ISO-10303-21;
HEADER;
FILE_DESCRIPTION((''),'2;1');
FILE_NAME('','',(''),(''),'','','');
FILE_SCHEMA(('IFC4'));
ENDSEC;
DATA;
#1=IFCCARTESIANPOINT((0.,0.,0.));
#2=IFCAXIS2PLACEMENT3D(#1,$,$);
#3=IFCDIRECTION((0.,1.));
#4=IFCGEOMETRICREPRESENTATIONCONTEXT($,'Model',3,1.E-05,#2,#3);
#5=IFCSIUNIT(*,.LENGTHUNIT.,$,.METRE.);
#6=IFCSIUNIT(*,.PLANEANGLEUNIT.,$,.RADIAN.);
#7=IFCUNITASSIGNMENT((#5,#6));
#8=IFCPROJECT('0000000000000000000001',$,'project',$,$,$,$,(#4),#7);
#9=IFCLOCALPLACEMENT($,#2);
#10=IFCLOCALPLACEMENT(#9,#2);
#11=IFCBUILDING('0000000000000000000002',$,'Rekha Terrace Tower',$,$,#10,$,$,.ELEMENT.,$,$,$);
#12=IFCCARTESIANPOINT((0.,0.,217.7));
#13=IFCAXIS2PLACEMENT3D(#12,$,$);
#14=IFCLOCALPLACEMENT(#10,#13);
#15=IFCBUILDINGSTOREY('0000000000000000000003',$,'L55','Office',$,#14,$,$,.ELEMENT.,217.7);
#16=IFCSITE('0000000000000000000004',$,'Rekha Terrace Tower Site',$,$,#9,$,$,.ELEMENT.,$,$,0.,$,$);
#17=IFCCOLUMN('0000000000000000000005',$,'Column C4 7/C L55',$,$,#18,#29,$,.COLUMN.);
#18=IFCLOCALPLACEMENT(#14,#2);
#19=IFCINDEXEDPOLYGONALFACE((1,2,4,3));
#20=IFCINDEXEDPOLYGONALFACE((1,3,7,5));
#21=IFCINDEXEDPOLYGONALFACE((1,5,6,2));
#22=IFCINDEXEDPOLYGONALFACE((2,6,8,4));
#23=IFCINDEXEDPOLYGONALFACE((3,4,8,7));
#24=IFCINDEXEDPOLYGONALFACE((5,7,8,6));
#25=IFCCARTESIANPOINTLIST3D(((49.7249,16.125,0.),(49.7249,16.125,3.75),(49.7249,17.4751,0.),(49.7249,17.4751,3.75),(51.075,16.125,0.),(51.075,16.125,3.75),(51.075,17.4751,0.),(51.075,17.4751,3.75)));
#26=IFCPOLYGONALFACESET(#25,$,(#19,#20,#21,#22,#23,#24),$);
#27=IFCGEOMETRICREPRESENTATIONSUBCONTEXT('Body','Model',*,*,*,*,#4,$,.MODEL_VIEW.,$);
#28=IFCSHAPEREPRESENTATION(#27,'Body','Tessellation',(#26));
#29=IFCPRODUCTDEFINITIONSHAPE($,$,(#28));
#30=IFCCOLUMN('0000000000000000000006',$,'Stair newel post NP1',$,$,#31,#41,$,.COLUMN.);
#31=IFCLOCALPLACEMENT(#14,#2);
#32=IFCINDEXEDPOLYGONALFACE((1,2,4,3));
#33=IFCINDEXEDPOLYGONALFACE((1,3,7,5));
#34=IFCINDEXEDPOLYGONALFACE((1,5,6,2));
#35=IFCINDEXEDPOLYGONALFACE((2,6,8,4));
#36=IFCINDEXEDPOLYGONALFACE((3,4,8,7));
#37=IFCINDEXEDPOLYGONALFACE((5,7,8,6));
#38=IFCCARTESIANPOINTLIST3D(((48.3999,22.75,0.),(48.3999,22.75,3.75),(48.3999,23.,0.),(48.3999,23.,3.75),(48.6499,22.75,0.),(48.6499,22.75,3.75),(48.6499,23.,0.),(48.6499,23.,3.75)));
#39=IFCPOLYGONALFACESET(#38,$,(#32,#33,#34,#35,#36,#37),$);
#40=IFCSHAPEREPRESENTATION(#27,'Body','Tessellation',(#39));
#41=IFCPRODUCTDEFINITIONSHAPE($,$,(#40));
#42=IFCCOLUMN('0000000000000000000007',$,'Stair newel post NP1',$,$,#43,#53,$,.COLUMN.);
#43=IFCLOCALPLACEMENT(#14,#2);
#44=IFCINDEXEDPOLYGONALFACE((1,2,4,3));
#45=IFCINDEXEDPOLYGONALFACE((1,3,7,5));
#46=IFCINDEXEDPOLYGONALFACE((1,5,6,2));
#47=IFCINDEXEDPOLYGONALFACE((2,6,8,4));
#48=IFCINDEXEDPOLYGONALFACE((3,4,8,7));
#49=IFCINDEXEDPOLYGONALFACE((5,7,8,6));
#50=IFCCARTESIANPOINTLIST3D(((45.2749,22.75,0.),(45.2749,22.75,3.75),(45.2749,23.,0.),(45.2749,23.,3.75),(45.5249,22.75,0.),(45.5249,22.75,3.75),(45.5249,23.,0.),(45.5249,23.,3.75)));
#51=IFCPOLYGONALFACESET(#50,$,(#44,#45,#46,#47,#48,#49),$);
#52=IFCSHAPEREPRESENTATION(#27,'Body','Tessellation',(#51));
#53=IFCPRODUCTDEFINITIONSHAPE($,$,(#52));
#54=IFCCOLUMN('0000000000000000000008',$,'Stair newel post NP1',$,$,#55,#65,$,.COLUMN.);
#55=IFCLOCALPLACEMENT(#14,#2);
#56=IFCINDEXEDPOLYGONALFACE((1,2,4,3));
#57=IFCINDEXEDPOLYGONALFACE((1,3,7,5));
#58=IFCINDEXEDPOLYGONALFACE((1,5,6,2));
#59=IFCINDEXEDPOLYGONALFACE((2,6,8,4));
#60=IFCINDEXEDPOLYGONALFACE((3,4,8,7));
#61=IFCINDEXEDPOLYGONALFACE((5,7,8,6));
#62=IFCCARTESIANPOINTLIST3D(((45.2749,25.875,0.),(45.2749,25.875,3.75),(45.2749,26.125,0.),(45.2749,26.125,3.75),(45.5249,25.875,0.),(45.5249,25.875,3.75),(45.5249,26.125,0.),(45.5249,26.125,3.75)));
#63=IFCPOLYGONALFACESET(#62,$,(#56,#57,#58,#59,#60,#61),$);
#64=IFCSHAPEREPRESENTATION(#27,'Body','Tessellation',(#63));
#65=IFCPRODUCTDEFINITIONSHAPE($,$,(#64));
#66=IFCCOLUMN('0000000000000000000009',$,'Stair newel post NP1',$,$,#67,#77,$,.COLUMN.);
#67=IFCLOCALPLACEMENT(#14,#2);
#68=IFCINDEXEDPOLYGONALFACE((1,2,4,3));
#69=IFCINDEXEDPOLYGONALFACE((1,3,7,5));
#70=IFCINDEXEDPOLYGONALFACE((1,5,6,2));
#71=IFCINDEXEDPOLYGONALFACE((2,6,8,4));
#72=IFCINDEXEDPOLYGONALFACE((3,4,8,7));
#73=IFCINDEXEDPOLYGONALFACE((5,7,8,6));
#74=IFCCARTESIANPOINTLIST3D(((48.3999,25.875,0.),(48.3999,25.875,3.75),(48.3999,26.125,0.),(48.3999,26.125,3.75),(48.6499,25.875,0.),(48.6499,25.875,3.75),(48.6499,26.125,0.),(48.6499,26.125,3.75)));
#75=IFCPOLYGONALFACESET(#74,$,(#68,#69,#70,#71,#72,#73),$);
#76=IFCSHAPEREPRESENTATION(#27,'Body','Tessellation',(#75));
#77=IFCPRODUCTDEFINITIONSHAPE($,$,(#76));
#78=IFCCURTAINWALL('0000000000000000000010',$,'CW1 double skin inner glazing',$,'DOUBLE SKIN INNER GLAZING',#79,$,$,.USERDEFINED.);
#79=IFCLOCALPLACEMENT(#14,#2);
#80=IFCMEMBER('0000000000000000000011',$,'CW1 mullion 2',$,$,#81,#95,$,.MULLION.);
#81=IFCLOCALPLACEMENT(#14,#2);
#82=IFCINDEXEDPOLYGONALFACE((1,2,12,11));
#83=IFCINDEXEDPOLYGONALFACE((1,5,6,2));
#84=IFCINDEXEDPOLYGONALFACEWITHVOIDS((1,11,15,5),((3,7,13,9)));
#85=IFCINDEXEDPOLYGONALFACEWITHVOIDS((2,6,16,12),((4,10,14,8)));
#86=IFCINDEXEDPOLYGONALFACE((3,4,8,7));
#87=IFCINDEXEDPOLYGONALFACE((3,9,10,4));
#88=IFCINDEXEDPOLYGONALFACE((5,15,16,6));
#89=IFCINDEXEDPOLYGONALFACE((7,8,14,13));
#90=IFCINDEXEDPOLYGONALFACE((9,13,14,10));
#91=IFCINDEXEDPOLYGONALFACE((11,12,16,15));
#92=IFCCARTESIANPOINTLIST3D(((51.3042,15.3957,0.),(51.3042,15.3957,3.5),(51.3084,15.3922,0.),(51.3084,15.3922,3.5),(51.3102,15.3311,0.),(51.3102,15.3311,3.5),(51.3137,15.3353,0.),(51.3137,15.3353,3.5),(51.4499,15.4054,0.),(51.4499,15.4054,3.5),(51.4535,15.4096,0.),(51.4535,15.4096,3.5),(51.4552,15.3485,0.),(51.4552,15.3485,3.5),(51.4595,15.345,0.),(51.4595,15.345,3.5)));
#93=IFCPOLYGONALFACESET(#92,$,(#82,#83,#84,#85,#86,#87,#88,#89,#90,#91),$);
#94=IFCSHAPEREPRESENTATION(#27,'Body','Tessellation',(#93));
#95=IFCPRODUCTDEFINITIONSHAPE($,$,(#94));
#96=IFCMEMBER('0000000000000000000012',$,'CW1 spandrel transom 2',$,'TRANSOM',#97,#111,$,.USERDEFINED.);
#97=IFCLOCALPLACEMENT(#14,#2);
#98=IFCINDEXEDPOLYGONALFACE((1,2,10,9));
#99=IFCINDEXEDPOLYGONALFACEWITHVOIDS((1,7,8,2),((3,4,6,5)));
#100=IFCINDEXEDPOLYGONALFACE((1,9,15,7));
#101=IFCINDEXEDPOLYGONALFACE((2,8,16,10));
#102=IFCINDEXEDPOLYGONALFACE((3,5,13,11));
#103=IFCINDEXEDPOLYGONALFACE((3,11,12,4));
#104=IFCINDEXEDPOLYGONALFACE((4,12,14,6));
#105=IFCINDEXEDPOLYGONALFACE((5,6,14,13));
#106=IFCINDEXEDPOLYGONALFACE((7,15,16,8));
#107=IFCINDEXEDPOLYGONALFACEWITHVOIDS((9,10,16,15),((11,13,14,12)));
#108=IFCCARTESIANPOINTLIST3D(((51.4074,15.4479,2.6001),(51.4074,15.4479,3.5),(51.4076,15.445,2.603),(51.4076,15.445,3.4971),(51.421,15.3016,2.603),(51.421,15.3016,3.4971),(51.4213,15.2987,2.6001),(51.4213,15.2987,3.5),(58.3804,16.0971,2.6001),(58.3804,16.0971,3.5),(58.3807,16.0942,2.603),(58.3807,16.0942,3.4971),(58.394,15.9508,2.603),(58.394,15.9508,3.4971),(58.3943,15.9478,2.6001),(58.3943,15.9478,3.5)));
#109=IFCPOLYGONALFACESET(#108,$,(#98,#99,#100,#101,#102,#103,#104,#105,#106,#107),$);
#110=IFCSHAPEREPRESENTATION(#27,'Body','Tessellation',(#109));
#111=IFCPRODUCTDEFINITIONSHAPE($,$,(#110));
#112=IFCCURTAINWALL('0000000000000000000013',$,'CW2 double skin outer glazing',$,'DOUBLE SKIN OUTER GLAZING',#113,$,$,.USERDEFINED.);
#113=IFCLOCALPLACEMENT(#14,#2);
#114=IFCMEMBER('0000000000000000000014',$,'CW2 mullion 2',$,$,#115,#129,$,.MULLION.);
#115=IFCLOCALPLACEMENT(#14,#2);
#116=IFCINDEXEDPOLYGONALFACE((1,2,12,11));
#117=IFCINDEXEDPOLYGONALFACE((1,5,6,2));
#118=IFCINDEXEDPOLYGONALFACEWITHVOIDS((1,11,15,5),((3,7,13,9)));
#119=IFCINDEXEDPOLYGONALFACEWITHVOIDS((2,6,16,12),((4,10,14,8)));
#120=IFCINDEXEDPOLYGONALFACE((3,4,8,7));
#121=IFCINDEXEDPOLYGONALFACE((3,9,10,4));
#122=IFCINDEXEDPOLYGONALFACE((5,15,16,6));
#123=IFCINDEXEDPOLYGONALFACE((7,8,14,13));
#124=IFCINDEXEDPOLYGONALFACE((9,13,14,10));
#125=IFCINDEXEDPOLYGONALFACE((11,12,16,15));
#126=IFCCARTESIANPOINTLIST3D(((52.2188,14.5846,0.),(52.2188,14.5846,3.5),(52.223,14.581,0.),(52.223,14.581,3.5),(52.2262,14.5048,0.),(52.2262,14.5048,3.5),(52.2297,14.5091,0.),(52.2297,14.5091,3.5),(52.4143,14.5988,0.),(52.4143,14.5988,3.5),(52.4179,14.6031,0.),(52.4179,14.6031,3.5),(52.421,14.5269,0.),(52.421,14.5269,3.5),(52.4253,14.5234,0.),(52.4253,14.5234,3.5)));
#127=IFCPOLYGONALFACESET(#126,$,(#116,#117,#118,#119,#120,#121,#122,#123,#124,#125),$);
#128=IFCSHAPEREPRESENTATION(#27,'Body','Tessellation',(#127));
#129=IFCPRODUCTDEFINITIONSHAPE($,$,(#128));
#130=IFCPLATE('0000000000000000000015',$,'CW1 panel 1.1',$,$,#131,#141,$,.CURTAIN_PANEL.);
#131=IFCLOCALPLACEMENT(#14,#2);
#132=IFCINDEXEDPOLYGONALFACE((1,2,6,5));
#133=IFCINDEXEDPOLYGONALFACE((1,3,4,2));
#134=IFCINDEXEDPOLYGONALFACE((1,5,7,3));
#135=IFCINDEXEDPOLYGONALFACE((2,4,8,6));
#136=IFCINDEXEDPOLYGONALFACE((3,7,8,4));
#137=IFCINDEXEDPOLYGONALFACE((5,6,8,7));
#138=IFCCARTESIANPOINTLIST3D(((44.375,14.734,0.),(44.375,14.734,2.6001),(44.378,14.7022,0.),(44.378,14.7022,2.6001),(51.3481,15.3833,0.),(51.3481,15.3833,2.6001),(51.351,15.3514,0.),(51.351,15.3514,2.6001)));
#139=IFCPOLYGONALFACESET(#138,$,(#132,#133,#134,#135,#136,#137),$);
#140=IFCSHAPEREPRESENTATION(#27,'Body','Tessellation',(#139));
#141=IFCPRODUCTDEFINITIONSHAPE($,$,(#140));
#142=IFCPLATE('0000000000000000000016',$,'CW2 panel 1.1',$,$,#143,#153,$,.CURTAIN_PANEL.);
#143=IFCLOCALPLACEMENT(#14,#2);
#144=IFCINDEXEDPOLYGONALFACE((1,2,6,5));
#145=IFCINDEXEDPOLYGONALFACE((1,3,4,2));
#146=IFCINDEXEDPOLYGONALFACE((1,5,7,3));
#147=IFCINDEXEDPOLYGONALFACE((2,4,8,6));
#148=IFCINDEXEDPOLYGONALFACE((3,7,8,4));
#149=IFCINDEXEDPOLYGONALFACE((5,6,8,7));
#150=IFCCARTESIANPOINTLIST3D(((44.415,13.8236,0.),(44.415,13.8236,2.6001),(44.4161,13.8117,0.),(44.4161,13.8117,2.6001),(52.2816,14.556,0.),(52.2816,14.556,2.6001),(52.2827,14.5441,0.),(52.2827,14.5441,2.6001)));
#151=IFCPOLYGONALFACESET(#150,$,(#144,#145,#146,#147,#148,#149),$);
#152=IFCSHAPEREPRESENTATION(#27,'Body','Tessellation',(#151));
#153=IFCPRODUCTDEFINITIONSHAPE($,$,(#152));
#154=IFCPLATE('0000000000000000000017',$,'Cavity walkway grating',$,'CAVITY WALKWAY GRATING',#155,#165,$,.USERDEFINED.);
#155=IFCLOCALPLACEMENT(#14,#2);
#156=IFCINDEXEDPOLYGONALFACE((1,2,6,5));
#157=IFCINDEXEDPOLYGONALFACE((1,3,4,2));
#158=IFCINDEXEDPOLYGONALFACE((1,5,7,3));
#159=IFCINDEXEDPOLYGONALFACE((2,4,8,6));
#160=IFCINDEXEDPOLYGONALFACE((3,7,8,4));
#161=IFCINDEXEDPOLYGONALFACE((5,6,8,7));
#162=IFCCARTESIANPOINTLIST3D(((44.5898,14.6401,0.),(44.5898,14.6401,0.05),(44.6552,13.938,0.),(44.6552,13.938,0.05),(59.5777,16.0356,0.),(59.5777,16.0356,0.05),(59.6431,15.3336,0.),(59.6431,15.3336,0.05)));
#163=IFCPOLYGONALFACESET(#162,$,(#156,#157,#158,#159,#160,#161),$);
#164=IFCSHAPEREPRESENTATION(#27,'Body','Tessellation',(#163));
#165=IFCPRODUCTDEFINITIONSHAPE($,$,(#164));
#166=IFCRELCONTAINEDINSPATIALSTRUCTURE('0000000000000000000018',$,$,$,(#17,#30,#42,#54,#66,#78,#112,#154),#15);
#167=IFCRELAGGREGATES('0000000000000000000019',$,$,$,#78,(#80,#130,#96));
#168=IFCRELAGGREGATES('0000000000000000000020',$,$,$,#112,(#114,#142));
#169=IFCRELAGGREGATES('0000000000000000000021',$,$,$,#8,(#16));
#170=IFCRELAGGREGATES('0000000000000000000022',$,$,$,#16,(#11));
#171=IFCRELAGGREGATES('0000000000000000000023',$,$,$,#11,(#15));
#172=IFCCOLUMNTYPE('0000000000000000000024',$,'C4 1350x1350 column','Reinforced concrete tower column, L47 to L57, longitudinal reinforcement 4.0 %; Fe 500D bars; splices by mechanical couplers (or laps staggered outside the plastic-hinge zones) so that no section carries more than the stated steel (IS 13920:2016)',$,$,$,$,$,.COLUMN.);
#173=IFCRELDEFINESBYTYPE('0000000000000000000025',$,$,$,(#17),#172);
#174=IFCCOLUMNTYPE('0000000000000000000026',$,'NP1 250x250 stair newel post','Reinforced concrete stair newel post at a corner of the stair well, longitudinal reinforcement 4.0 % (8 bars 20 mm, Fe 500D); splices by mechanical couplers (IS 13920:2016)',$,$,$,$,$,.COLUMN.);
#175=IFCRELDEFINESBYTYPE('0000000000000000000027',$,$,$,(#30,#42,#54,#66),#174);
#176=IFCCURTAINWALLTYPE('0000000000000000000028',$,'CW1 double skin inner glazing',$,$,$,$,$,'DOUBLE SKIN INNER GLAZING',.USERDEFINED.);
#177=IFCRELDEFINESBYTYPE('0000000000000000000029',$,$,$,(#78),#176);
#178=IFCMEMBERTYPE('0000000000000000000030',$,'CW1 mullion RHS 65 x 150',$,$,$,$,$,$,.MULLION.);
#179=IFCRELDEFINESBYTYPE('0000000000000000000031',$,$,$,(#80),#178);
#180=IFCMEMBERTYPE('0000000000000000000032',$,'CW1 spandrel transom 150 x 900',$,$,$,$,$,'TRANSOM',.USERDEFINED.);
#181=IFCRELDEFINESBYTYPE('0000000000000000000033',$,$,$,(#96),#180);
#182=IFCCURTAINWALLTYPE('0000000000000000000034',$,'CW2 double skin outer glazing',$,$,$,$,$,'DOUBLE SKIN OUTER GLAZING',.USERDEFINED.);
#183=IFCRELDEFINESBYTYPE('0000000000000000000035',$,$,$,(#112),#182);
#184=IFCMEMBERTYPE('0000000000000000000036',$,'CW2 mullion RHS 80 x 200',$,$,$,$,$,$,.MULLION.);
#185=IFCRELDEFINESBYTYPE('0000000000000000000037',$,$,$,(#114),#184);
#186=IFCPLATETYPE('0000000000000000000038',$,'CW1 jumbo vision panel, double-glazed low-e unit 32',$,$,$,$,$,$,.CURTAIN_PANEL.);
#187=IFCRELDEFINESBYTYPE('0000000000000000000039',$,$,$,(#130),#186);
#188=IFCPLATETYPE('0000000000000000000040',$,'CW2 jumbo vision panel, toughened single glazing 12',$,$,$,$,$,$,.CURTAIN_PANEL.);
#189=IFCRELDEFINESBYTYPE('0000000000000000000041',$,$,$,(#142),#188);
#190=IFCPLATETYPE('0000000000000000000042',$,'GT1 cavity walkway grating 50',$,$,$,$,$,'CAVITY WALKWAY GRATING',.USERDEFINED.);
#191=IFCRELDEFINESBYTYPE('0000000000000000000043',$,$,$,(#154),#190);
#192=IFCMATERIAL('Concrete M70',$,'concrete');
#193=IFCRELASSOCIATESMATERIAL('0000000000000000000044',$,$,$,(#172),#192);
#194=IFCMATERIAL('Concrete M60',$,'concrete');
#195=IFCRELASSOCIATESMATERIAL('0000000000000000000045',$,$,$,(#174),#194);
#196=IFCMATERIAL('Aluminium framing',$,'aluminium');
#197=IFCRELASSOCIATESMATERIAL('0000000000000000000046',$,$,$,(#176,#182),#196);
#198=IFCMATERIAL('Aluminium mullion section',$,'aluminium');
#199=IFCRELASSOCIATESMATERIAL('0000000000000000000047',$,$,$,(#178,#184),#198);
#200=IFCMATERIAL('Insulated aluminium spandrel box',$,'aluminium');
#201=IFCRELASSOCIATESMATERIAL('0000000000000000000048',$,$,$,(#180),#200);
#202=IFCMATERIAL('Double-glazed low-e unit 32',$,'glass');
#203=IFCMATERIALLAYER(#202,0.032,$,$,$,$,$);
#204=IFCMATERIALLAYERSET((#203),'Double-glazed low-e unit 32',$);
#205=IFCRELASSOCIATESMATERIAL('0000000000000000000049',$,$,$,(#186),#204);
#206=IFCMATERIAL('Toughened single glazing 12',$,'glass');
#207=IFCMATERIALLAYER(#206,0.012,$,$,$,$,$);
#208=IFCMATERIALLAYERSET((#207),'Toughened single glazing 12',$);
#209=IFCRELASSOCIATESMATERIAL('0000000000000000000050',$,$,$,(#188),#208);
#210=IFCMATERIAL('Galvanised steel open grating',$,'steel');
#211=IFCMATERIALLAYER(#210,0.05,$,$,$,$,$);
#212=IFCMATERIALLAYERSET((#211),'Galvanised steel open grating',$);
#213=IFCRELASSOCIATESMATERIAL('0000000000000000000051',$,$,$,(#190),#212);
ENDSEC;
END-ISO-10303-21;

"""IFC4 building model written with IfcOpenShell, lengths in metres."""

from ifc_helpers import new_model, si_unit, direction, frame, origin, origin_2d, place, context, subcontext, project, spatial, rectangle, hollow_rectangle, extrude, material, layer, layer_set, material_profile, profile_set, type_object, element, aggregate, save


model = new_model("IFC4")

# Units and contexts
model_context = context("Model", 3, precision=1e-05, world=origin(), true_north=direction((0.0, 1.0)))
body_context = subcontext(model_context, "Body", "Model", "MODEL_VIEW")
ifc_project = project(units=[si_unit("LENGTHUNIT", "METRE"), si_unit("PLANEANGLEUNIT", "RADIAN")], contexts=[model_context])

# Site, building, storey
site_placement = place(None, origin())
site = spatial("IfcSite", under=ifc_project, at=site_placement, Name="Rekha Terrace Tower Site", CompositionType="ELEMENT", RefElevation=0.0)
building_placement = place(site_placement, origin())
building = spatial("IfcBuilding", under=site, at=building_placement, Name="Rekha Terrace Tower", CompositionType="ELEMENT")
storey_placement = place(building_placement, frame((0.0, 0.0, 217.7)))
storey = spatial("IfcBuildingStorey", under=building, at=storey_placement, Name="L55", Description="Office", CompositionType="ELEMENT", Elevation=217.7)

# Columns
ifc_material_1 = material(Name="Concrete M70", Category="concrete")
ifc_material_profile_1 = material_profile(ifc_material_1, rectangle(XDim=1.3501, YDim=1.3501, at=origin_2d()), Name="RC 1350x1350")
ifc_profile_set_1 = profile_set([ifc_material_profile_1], Name="Concrete M70")
column_type_1 = type_object("IfcColumnType", Name="C4 1350x1350 column", Description="Reinforced concrete tower column, L47 to L57, longitudinal reinforcement 4.0 %; Fe 500D bars; splices by mechanical couplers (or laps staggered outside the plastic-hinge zones) so that no section carries more than the stated steel (IS 13920:2016)", PredefinedType="COLUMN", material=ifc_profile_set_1)
column_placement = place(storey_placement, frame((50.3999, 16.8, 0.0), z_axis=(0.0, 0.0, 1.0), x_axis=(1.0, 0.0, 0.0)))
element("IfcColumn", 1, at=column_placement, inside=storey, type_object=column_type_1, Name="Column C4 7/C L55", PredefinedType="COLUMN", context=body_context, shape_type="SweptSolid", body=[
    extrude(rectangle(XDim=1.3501, YDim=1.3501, at=origin_2d()), origin(), (0.0, 0.0, 1.0), 3.75),
])
ifc_material_2 = material(Name="Concrete M60", Category="concrete")
ifc_material_profile_2 = material_profile(ifc_material_2, rectangle(XDim=0.25, YDim=0.25, at=origin_2d()), Name="RC 250x250")
ifc_profile_set_2 = profile_set([ifc_material_profile_2], Name="Concrete M60")
column_type_2 = type_object("IfcColumnType", Name="NP1 250x250 stair newel post", Description="Reinforced concrete stair newel post at a corner of the stair well, longitudinal reinforcement 4.0 % (8 bars 20 mm, Fe 500D); splices by mechanical couplers (IS 13920:2016)", PredefinedType="COLUMN", material=ifc_profile_set_2)
for number, where, z_axis, x_axis, name in (
    (2, (48.5249, 22.875, 0.0), (0.0, 0.0, 1.0), (1.0, 0.0, 0.0), "Stair newel post NP1"),
    (3, (45.3999, 22.875, 0.0), (0.0, 0.0, 1.0), (1.0, 0.0, 0.0), "Stair newel post NP1"),
    (4, (45.3999, 26.0, 0.0), (0.0, 0.0, 1.0), (1.0, 0.0, 0.0), "Stair newel post NP1"),
    (5, (48.5249, 26.0, 0.0), (0.0, 0.0, 1.0), (1.0, 0.0, 0.0), "Stair newel post NP1"),
):
    element("IfcColumn", number, at=place(storey_placement, frame(where, z_axis=z_axis, x_axis=x_axis)), inside=storey, type_object=column_type_2, Name=name, PredefinedType="COLUMN", context=body_context, shape_type="SweptSolid", body=[
        extrude(rectangle(XDim=0.25, YDim=0.25, at=origin_2d()), origin(), (0.0, 0.0, 1.0), 3.75),
    ])

# Curtain wall, members
ifc_material_3 = material(Name="Aluminium framing", Category="aluminium")
curtain_wall_type_1 = type_object("IfcCurtainWallType", Name="CW1 double skin inner glazing", ElementType="DOUBLE SKIN INNER GLAZING", PredefinedType="USERDEFINED", material=ifc_material_3)
curtain_wall_1_placement = place(storey_placement, origin())
curtain_wall_1 = element("IfcCurtainWall", 6, at=curtain_wall_1_placement, inside=storey, type_object=curtain_wall_type_1, Name="CW1 double skin inner glazing", ObjectType="DOUBLE SKIN INNER GLAZING", PredefinedType="USERDEFINED")
ifc_material_4 = material(Name="Aluminium mullion section", Category="aluminium")
ifc_material_profile_3 = material_profile(ifc_material_4, hollow_rectangle(XDim=0.0649, YDim=0.1499, WallThickness=0.0039, at=origin_2d()), Name="AL RHS 65x150")
ifc_profile_set_3 = profile_set([ifc_material_profile_3], Name="Aluminium mullion section")
member_type_1 = type_object("IfcMemberType", Name="CW1 mullion RHS 65 x 150", PredefinedType="MULLION", material=ifc_profile_set_3)
member_1_placement = place(storey_placement, frame((51.3818, 15.3704, 0.0), z_axis=(0.0, 0.0, 1.0), x_axis=(-0.092709, 0.995693, 0.0)))
member_1 = element("IfcMember", 7, at=member_1_placement, type_object=member_type_1, Name="CW1 mullion 2", PredefinedType="MULLION", context=body_context, shape_type="SweptSolid", body=[
    extrude(hollow_rectangle(XDim=0.0649, YDim=0.1499, WallThickness=0.0039, at=origin_2d()), origin(), (0.0, 0.0, 1.0), 3.5),
])
ifc_material_5 = material(Name="Insulated aluminium spandrel box", Category="aluminium")
ifc_material_profile_4 = material_profile(ifc_material_5, hollow_rectangle(XDim=0.1499, YDim=0.8999, WallThickness=0.0029, at=origin_2d()), Name="AL SPANDREL BOX 150x900")
ifc_profile_set_4 = profile_set([ifc_material_profile_4], Name="Insulated aluminium spandrel box")
member_type_2 = type_object("IfcMemberType", Name="CW1 spandrel transom 150 x 900", ElementType="TRANSOM", PredefinedType="USERDEFINED", material=ifc_profile_set_4)
member_2_placement = place(storey_placement, frame((51.4143, 15.3733, 3.05), z_axis=(0.995694, 0.092698, 0.0), x_axis=(-0.092698, 0.995694, 0.0)))
member_2 = element("IfcMember", 8, at=member_2_placement, type_object=member_type_2, Name="CW1 spandrel transom 2", ObjectType="TRANSOM", PredefinedType="USERDEFINED", context=body_context, shape_type="SweptSolid", body=[
    extrude(hollow_rectangle(XDim=0.1499, YDim=0.8999, WallThickness=0.0029, at=origin_2d()), origin(), (0.0, 0.0, 1.0), 7.0032),
])

# Curtain wall, member
curtain_wall_type_2 = type_object("IfcCurtainWallType", Name="CW2 double skin outer glazing", ElementType="DOUBLE SKIN OUTER GLAZING", PredefinedType="USERDEFINED", material=ifc_material_3)
curtain_wall_2_placement = place(storey_placement, origin())
curtain_wall_2 = element("IfcCurtainWall", 9, at=curtain_wall_2_placement, inside=storey, type_object=curtain_wall_type_2, Name="CW2 double skin outer glazing", ObjectType="DOUBLE SKIN OUTER GLAZING", PredefinedType="USERDEFINED")
ifc_material_profile_5 = material_profile(ifc_material_4, hollow_rectangle(XDim=0.0801, YDim=0.2, WallThickness=0.0039, at=origin_2d()), Name="AL RHS 80x200")
ifc_profile_set_5 = profile_set([ifc_material_profile_5], Name="Aluminium mullion section")
member_type_3 = type_object("IfcMemberType", Name="CW2 mullion RHS 80 x 200", PredefinedType="MULLION", material=ifc_profile_set_5)
member_3_placement = place(storey_placement, frame((52.322, 14.554, 0.0), z_axis=(0.0, 0.0, 1.0), x_axis=(-0.092709, 0.995693, 0.0)))
member_3 = element("IfcMember", 10, at=member_3_placement, type_object=member_type_3, Name="CW2 mullion 2", PredefinedType="MULLION", context=body_context, shape_type="SweptSolid", body=[
    extrude(hollow_rectangle(XDim=0.0801, YDim=0.2, WallThickness=0.0039, at=origin_2d()), origin(), (0.0, 0.0, 1.0), 3.5),
])

# Plates
ifc_material_6 = material(Name="Double-glazed low-e unit 32", Category="glass")
ifc_layer_1 = layer(ifc_material_6, 0.032)
ifc_layer_set_1 = layer_set([ifc_layer_1], Name="Double-glazed low-e unit 32")
plate_type_1 = type_object("IfcPlateType", Name="CW1 jumbo vision panel, double-glazed low-e unit 32", PredefinedType="CURTAIN_PANEL", material=ifc_layer_set_1)
plate_1_placement = place(storey_placement, frame((47.863, 15.0427, 0.0), z_axis=(0.0, 0.0, 1.0), x_axis=(0.995693, 0.092709, 0.0)))
plate_1 = element("IfcPlate", 11, at=plate_1_placement, type_object=plate_type_1, Name="CW1 panel 1.1", PredefinedType="CURTAIN_PANEL", context=body_context, shape_type="SweptSolid", body=[
    extrude(rectangle(XDim=7.0032, YDim=0.032, at=origin_2d()), origin(), (0.0, 0.0, 1.0), 2.6001),
])
aggregate(curtain_wall_1, [member_1, plate_1, member_2])
ifc_material_7 = material(Name="Toughened single glazing 12", Category="glass")
ifc_layer_2 = layer(ifc_material_7, 0.012)
ifc_layer_set_2 = layer_set([ifc_layer_2], Name="Toughened single glazing 12")
plate_type_2 = type_object("IfcPlateType", Name="CW2 jumbo vision panel, toughened single glazing 12", PredefinedType="CURTAIN_PANEL", material=ifc_layer_set_2)
plate_2_placement = place(storey_placement, frame((48.3489, 14.1838, 0.0), z_axis=(0.0, 0.0, 1.0), x_axis=(0.995693, 0.092709, 0.0)))
plate_2 = element("IfcPlate", 12, at=plate_2_placement, type_object=plate_type_2, Name="CW2 panel 1.1", PredefinedType="CURTAIN_PANEL", context=body_context, shape_type="SweptSolid", body=[
    extrude(rectangle(XDim=7.9006, YDim=0.012, at=origin_2d()), origin(), (0.0, 0.0, 1.0), 2.6001),
])
aggregate(curtain_wall_2, [member_3, plate_2])
ifc_material_8 = material(Name="Galvanised steel open grating", Category="steel")
ifc_layer_3 = layer(ifc_material_8, 0.05)
ifc_layer_set_3 = layer_set([ifc_layer_3], Name="Galvanised steel open grating")
plate_type_3 = type_object("IfcPlateType", Name="GT1 cavity walkway grating 50", ElementType="CAVITY WALKWAY GRATING", PredefinedType="USERDEFINED", material=ifc_layer_set_3)
plate_3_placement = place(storey_placement, frame((52.1165, 14.9868, 0.0), z_axis=(0.0, 0.0, 1.0), x_axis=(0.995693, 0.092709, 0.0)))
element("IfcPlate", 13, at=plate_3_placement, inside=storey, type_object=plate_type_3, Name="Cavity walkway grating", ObjectType="CAVITY WALKWAY GRATING", PredefinedType="USERDEFINED", context=body_context, shape_type="SweptSolid", body=[
    extrude(rectangle(XDim=15.0527, YDim=0.7051, at=origin_2d()), origin(), (0.0, 0.0, 1.0), 0.05),
])

save(model, "model.ifc")
